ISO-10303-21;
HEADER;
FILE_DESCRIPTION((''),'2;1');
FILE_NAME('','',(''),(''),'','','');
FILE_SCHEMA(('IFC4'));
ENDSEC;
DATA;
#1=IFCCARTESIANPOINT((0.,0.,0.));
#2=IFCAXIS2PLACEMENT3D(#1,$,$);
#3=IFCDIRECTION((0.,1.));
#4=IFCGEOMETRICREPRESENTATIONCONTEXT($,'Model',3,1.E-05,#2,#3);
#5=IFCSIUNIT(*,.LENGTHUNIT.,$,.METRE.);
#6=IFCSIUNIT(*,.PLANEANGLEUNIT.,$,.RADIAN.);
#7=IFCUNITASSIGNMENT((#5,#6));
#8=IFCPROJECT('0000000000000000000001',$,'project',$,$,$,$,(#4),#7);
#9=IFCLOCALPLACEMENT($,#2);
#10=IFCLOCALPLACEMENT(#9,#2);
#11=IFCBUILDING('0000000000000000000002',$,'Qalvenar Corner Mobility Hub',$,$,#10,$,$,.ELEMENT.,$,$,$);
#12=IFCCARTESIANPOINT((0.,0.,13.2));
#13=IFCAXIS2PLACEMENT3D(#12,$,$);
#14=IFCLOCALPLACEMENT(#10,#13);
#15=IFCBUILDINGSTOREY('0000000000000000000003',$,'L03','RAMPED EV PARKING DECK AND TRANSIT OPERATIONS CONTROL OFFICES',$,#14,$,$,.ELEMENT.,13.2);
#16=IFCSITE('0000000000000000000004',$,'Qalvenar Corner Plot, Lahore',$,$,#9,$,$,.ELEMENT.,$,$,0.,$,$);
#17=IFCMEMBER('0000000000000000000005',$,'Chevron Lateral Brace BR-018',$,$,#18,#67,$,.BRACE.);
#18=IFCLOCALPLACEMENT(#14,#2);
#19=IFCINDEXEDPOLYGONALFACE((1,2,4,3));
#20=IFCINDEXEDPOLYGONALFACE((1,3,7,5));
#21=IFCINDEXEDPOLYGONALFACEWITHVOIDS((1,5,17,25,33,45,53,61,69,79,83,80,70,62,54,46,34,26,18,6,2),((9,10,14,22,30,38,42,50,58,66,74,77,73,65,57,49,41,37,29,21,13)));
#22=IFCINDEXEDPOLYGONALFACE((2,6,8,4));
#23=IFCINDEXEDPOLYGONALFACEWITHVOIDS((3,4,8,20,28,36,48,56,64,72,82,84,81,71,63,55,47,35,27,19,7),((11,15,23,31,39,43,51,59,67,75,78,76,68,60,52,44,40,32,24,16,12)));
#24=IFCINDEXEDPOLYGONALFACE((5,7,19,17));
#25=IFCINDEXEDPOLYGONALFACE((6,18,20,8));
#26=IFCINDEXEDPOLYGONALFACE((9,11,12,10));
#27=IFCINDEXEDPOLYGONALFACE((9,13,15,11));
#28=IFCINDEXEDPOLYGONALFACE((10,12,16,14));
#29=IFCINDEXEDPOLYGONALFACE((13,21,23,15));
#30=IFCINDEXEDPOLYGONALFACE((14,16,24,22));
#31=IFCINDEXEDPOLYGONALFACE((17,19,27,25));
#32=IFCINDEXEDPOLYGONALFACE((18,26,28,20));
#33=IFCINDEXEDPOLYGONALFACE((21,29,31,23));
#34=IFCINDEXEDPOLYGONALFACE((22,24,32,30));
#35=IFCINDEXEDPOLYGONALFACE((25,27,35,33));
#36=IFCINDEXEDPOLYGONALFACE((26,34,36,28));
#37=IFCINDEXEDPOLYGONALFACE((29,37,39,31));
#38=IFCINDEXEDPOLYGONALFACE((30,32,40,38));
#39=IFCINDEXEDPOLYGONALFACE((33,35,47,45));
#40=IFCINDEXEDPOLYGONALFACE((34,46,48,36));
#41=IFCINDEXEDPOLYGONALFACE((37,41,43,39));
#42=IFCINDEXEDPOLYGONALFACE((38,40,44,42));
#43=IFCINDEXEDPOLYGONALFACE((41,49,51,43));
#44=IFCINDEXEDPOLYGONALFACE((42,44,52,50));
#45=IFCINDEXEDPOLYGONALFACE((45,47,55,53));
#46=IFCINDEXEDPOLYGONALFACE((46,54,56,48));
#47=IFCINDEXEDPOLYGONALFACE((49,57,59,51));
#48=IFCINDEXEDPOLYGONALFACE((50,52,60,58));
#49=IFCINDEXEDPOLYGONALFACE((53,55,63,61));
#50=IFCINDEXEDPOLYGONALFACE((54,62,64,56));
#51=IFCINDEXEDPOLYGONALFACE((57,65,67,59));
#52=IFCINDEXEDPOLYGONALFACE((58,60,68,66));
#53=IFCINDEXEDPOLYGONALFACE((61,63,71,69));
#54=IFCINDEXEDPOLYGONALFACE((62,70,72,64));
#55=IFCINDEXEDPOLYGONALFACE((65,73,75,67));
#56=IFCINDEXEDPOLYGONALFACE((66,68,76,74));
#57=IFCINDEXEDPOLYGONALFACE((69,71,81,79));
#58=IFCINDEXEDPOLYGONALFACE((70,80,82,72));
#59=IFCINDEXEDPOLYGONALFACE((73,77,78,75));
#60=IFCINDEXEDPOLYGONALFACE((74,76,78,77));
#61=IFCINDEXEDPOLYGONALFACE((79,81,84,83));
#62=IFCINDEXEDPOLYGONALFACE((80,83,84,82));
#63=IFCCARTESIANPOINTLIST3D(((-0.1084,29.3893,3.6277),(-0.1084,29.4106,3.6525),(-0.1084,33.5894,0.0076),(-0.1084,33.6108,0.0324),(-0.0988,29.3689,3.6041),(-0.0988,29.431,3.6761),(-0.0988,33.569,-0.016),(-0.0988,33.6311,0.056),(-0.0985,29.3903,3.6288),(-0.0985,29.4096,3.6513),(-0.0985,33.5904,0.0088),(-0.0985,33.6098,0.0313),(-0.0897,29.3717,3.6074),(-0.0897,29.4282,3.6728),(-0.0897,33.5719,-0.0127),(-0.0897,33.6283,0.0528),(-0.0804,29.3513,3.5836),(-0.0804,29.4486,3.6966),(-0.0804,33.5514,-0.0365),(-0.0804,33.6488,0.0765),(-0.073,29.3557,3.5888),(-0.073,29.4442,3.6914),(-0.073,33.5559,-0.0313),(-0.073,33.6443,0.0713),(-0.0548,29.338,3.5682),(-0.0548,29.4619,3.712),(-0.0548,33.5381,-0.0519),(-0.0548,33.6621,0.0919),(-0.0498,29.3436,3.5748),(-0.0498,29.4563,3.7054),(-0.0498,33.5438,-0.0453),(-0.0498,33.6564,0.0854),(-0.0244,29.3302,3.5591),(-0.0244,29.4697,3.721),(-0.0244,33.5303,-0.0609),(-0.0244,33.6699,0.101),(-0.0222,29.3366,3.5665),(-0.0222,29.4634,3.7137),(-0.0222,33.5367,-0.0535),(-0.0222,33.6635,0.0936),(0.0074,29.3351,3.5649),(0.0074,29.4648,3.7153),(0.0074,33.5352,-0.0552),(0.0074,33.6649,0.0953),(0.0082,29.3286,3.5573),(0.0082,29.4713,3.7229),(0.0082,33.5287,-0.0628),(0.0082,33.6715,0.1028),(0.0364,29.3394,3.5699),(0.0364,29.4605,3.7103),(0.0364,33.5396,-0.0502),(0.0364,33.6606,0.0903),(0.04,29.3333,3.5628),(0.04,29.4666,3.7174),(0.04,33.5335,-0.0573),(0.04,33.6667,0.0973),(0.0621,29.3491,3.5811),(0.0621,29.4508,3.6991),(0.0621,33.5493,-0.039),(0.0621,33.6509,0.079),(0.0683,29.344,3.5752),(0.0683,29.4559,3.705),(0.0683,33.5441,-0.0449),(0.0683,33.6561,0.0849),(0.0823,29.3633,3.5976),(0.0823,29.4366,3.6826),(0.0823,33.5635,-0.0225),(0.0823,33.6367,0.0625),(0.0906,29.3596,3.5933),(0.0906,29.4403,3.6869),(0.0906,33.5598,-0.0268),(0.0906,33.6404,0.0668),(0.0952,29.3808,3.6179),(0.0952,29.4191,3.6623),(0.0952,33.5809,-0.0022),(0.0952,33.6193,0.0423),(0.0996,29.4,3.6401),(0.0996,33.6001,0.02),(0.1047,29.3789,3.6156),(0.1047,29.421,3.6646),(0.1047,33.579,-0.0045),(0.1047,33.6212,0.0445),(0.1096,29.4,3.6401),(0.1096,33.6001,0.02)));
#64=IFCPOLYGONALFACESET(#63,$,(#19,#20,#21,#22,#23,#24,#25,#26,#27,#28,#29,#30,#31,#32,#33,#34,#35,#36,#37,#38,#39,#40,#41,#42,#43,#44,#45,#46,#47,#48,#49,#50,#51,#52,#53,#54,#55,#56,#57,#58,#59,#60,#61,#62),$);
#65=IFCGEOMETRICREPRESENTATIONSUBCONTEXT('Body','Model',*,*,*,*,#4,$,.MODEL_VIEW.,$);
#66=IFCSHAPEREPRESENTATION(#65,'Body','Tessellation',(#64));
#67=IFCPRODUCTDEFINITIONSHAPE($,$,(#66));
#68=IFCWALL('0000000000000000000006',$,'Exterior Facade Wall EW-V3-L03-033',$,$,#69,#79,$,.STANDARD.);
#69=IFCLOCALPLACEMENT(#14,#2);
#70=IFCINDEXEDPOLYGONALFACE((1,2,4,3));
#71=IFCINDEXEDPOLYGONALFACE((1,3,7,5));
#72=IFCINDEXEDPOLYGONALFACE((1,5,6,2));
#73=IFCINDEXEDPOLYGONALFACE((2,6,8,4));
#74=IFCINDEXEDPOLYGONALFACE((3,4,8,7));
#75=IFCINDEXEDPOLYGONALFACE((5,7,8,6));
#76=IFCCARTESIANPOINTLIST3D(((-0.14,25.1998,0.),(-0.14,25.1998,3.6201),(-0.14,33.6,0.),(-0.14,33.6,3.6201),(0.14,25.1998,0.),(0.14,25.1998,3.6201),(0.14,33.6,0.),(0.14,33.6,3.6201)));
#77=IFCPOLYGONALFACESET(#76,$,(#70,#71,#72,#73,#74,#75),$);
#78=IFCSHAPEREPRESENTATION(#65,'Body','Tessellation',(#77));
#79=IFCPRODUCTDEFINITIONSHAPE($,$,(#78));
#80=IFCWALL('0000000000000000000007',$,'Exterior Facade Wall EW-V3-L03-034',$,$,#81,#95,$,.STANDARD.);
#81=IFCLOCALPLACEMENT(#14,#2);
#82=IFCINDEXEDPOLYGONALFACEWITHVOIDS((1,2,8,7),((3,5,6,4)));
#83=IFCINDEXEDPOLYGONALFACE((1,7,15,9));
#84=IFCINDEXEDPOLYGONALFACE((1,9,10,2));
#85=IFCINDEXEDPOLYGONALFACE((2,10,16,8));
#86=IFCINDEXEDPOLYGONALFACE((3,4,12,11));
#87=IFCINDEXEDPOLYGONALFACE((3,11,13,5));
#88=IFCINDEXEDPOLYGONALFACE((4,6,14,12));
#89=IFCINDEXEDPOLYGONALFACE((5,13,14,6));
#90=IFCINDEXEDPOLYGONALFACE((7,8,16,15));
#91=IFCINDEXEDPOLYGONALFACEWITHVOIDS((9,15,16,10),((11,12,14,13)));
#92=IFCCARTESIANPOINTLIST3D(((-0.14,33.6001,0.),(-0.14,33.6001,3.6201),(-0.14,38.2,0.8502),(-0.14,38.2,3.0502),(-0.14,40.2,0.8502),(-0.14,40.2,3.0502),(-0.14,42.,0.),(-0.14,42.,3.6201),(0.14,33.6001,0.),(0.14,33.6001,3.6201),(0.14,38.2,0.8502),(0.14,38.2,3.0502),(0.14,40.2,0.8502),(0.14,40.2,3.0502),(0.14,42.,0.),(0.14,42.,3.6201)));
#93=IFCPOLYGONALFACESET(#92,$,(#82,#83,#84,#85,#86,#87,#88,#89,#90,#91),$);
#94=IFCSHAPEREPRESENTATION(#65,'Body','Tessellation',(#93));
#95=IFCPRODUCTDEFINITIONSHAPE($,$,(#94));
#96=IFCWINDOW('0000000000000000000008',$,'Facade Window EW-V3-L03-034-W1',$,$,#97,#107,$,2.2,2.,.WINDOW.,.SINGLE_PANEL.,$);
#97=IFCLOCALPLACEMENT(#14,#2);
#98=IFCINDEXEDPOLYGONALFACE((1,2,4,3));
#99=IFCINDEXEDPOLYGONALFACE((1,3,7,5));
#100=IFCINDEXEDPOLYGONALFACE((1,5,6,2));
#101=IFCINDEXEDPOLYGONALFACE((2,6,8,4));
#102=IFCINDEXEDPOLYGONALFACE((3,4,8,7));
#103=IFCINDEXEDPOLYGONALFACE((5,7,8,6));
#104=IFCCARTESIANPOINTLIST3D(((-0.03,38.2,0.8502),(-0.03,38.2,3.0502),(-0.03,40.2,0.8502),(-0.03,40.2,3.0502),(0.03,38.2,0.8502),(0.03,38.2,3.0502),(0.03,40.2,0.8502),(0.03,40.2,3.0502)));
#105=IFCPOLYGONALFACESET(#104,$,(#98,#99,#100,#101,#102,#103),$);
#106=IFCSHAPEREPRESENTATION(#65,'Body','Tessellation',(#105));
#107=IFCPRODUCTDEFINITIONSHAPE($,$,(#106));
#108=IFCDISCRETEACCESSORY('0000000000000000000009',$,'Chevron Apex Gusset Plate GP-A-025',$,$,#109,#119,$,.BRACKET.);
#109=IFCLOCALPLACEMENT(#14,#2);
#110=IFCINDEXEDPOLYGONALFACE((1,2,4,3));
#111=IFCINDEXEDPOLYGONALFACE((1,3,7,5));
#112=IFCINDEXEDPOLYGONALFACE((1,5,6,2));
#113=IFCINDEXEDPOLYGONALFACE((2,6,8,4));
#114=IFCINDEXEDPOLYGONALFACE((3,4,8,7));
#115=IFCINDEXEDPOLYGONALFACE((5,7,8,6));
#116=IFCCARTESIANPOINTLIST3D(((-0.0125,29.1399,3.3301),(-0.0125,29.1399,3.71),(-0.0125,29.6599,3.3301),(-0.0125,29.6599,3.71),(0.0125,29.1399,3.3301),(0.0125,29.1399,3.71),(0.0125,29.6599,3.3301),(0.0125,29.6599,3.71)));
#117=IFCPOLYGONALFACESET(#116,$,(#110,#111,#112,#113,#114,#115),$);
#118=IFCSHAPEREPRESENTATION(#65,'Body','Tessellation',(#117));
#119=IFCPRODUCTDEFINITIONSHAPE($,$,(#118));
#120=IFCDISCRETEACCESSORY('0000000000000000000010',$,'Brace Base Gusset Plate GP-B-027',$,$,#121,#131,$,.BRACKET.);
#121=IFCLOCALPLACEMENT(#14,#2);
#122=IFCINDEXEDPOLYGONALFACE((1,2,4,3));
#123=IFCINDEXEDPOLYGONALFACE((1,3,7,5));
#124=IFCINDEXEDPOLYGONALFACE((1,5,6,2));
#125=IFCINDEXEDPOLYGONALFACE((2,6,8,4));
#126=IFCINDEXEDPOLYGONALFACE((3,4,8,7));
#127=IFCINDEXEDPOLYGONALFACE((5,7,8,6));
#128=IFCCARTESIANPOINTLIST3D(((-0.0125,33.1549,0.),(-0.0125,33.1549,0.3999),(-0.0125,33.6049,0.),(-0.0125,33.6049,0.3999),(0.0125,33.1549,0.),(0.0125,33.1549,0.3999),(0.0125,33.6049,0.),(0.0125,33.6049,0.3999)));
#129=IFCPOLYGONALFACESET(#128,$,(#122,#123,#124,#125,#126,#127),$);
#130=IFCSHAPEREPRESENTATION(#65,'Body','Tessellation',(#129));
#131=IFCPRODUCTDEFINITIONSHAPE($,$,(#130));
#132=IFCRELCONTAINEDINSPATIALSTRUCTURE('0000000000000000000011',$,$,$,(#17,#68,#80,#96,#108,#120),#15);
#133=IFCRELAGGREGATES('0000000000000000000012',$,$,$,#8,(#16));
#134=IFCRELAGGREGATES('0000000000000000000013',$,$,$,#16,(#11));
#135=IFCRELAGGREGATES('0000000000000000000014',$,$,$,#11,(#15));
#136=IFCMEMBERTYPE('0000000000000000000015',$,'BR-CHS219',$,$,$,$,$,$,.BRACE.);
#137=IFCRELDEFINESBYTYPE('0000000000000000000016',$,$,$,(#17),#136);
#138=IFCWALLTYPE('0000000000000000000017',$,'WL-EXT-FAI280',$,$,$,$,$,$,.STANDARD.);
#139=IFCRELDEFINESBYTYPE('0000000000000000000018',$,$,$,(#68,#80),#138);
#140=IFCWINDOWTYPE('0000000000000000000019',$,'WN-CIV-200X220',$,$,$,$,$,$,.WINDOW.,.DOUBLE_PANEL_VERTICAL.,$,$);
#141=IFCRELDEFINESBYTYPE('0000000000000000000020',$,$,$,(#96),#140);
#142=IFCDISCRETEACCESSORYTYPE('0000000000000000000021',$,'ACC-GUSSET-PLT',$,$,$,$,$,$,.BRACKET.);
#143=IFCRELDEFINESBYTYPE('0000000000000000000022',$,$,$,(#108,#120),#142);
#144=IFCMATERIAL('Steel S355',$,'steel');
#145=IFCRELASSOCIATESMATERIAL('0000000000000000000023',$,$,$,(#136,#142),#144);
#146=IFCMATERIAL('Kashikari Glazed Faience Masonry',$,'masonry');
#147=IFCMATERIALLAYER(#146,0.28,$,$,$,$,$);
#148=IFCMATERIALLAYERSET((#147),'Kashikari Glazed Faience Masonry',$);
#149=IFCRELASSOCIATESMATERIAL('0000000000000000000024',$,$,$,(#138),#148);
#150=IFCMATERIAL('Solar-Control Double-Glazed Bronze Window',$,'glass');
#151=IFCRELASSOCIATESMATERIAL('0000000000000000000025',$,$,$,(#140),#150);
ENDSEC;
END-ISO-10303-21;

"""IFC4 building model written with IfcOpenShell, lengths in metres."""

from ifc_helpers import new_model, si_unit, direction, frame, frame_2d, origin, origin_2d, place, context, subcontext, project, spatial, rectangle, hollow_circle, extrude, material, layer, layer_set, material_profile, profile_set, type_object, element, fill, save


model = new_model("IFC4")

# Units and contexts
model_context = context("Model", 3, precision=1e-05, world=origin(), true_north=direction((0.0, 1.0)))
body_context = subcontext(model_context, "Body", "Model", "MODEL_VIEW")
ifc_project = project(units=[si_unit("LENGTHUNIT", "METRE"), si_unit("PLANEANGLEUNIT", "RADIAN")], contexts=[model_context])

# Site, building, storey
site_placement = place(None, origin())
site = spatial("IfcSite", under=ifc_project, at=site_placement, Name="Qalvenar Corner Plot, Lahore", CompositionType="ELEMENT", RefElevation=0.0)
building_placement = place(site_placement, origin())
building = spatial("IfcBuilding", under=site, at=building_placement, Name="Qalvenar Corner Mobility Hub", CompositionType="ELEMENT")
storey_placement = place(building_placement, frame((0.0, 0.0, 13.2)))
storey = spatial("IfcBuildingStorey", under=building, at=storey_placement, Name="L03", Description="RAMPED EV PARKING DECK AND TRANSIT OPERATIONS CONTROL OFFICES", CompositionType="ELEMENT", Elevation=13.2)

# Shared definitions
ifc_material_1 = material(Name="Steel S355", Category="steel")

# Member
ifc_material_profile_1 = material_profile(ifc_material_1, hollow_circle(Radius=0.1096, WallThickness=0.01, at=origin_2d()), Name="CHS219.1x10")
ifc_profile_set_1 = profile_set([ifc_material_profile_1], Name="Steel S355")
member_type = type_object("IfcMemberType", Name="BR-CHS219", PredefinedType="BRACE", material=ifc_profile_set_1)
member_placement = place(storey_placement, frame((0.0, 33.6001, 0.02), z_axis=(0.0, -0.757476, 0.652863), x_axis=(1.0, 0.0, 0.0)))
element("IfcMember", 1, at=member_placement, inside=storey, type_object=member_type, Name="Chevron Lateral Brace BR-018", PredefinedType="BRACE", context=body_context, shape_type="SweptSolid", body=[
    extrude(hollow_circle(Radius=0.1096, WallThickness=0.01, at=origin_2d()), origin(), (0.0, 0.0, 1.0), 5.5449),
])

# Wall
ifc_material_2 = material(Name="Kashikari Glazed Faience Masonry", Category="masonry")
ifc_layer = layer(ifc_material_2, 0.28)
ifc_layer_set = layer_set([ifc_layer], Name="Kashikari Glazed Faience Masonry")
wall_type = type_object("IfcWallType", Name="WL-EXT-FAI280", PredefinedType="STANDARD", material=ifc_layer_set)
wall_1_placement = place(storey_placement, frame((0.0, 33.6001, 0.0), z_axis=(0.0, 0.0, 1.0), x_axis=(0.0, -1.0, 0.0)))
element("IfcWall", 2, at=wall_1_placement, inside=storey, type_object=wall_type, Name="Exterior Facade Wall EW-V3-L03-033", PredefinedType="STANDARD", context=body_context, shape_type="SweptSolid", body=[
    extrude(rectangle(XDim=8.4001, YDim=0.28, at=frame_2d((4.2002, 0.0))), origin(), (0.0, 0.0, 1.0), 3.6201),
])

# Wall, opening, window
wall_2_placement = place(storey_placement, frame((0.0, 42.0, 0.0), z_axis=(0.0, 0.0, 1.0), x_axis=(0.0, -1.0, 0.0)))
wall_2 = element("IfcWall", 3, at=wall_2_placement, inside=storey, type_object=wall_type, Name="Exterior Facade Wall EW-V3-L03-034", PredefinedType="STANDARD", context=body_context, shape_type="SweptSolid", body=[
    extrude(rectangle(XDim=8.3999, YDim=0.28, at=frame_2d((4.2, 0.0))), origin(), (0.0, 0.0, 1.0), 3.6201),
])
opening_placement = place(wall_2_placement, frame((1.8, 0.0, 0.8501)))
opening = element("IfcOpeningElement", 4, at=opening_placement, cuts=wall_2, PredefinedType="OPENING", context=body_context, shape_type="SweptSolid", body=[
    extrude(rectangle(XDim=2.0, YDim=2.2, at=frame_2d((1.0, 1.1001))), frame((0.0, 0.1499, 0.0), z_axis=(0.0, -1.0, 0.0), x_axis=(1.0, 0.0, 0.0)), (0.0, 0.0, 1.0), 0.3),
])
ifc_material_3 = material(Name="Solar-Control Double-Glazed Bronze Window", Category="glass")
window_type = type_object("IfcWindowType", Name="WN-CIV-200X220", PartitioningType="DOUBLE_PANEL_VERTICAL", PredefinedType="WINDOW", material=ifc_material_3)
window_placement = place(opening_placement, origin())
window = element("IfcWindow", 5, at=window_placement, inside=storey, type_object=window_type, Name="Facade Window EW-V3-L03-034-W1", OverallHeight=2.2, OverallWidth=2.0, PartitioningType="SINGLE_PANEL", PredefinedType="WINDOW", context=body_context, shape_type="SweptSolid", body=[
    extrude(rectangle(XDim=2.0, YDim=2.2, at=frame_2d((1.0, 1.1001))), frame((0.0, 0.03, 0.0), z_axis=(0.0, -1.0, 0.0), x_axis=(1.0, 0.0, 0.0)), (0.0, 0.0, 1.0), 0.0601),
])
fill(opening, window)

# Discrete accessories
discrete_accessory_type = type_object("IfcDiscreteAccessoryType", Name="ACC-GUSSET-PLT", PredefinedType="BRACKET", material=ifc_material_1)
discrete_accessory_1_placement = place(storey_placement, frame((0.0, 29.3999, 3.3301), z_axis=(0.0, 0.0, 1.0), x_axis=(0.0, 1.0, 0.0)))
element("IfcDiscreteAccessory", 6, at=discrete_accessory_1_placement, inside=storey, type_object=discrete_accessory_type, Name="Chevron Apex Gusset Plate GP-A-025", PredefinedType="BRACKET", context=body_context, shape_type="SweptSolid", body=[
    extrude(rectangle(XDim=0.52, YDim=0.0249, at=origin_2d()), origin(), (0.0, 0.0, 1.0), 0.3799),
])
discrete_accessory_2_placement = place(storey_placement, frame((0.0, 33.3799, 0.0), z_axis=(0.0, 0.0, 1.0), x_axis=(0.0, 1.0, 0.0)))
element("IfcDiscreteAccessory", 7, at=discrete_accessory_2_placement, inside=storey, type_object=discrete_accessory_type, Name="Brace Base Gusset Plate GP-B-027", PredefinedType="BRACKET", context=body_context, shape_type="SweptSolid", body=[
    extrude(rectangle(XDim=0.45, YDim=0.0249, at=origin_2d()), origin(), (0.0, 0.0, 1.0), 0.3999),
])

save(model, "model.ifc")
